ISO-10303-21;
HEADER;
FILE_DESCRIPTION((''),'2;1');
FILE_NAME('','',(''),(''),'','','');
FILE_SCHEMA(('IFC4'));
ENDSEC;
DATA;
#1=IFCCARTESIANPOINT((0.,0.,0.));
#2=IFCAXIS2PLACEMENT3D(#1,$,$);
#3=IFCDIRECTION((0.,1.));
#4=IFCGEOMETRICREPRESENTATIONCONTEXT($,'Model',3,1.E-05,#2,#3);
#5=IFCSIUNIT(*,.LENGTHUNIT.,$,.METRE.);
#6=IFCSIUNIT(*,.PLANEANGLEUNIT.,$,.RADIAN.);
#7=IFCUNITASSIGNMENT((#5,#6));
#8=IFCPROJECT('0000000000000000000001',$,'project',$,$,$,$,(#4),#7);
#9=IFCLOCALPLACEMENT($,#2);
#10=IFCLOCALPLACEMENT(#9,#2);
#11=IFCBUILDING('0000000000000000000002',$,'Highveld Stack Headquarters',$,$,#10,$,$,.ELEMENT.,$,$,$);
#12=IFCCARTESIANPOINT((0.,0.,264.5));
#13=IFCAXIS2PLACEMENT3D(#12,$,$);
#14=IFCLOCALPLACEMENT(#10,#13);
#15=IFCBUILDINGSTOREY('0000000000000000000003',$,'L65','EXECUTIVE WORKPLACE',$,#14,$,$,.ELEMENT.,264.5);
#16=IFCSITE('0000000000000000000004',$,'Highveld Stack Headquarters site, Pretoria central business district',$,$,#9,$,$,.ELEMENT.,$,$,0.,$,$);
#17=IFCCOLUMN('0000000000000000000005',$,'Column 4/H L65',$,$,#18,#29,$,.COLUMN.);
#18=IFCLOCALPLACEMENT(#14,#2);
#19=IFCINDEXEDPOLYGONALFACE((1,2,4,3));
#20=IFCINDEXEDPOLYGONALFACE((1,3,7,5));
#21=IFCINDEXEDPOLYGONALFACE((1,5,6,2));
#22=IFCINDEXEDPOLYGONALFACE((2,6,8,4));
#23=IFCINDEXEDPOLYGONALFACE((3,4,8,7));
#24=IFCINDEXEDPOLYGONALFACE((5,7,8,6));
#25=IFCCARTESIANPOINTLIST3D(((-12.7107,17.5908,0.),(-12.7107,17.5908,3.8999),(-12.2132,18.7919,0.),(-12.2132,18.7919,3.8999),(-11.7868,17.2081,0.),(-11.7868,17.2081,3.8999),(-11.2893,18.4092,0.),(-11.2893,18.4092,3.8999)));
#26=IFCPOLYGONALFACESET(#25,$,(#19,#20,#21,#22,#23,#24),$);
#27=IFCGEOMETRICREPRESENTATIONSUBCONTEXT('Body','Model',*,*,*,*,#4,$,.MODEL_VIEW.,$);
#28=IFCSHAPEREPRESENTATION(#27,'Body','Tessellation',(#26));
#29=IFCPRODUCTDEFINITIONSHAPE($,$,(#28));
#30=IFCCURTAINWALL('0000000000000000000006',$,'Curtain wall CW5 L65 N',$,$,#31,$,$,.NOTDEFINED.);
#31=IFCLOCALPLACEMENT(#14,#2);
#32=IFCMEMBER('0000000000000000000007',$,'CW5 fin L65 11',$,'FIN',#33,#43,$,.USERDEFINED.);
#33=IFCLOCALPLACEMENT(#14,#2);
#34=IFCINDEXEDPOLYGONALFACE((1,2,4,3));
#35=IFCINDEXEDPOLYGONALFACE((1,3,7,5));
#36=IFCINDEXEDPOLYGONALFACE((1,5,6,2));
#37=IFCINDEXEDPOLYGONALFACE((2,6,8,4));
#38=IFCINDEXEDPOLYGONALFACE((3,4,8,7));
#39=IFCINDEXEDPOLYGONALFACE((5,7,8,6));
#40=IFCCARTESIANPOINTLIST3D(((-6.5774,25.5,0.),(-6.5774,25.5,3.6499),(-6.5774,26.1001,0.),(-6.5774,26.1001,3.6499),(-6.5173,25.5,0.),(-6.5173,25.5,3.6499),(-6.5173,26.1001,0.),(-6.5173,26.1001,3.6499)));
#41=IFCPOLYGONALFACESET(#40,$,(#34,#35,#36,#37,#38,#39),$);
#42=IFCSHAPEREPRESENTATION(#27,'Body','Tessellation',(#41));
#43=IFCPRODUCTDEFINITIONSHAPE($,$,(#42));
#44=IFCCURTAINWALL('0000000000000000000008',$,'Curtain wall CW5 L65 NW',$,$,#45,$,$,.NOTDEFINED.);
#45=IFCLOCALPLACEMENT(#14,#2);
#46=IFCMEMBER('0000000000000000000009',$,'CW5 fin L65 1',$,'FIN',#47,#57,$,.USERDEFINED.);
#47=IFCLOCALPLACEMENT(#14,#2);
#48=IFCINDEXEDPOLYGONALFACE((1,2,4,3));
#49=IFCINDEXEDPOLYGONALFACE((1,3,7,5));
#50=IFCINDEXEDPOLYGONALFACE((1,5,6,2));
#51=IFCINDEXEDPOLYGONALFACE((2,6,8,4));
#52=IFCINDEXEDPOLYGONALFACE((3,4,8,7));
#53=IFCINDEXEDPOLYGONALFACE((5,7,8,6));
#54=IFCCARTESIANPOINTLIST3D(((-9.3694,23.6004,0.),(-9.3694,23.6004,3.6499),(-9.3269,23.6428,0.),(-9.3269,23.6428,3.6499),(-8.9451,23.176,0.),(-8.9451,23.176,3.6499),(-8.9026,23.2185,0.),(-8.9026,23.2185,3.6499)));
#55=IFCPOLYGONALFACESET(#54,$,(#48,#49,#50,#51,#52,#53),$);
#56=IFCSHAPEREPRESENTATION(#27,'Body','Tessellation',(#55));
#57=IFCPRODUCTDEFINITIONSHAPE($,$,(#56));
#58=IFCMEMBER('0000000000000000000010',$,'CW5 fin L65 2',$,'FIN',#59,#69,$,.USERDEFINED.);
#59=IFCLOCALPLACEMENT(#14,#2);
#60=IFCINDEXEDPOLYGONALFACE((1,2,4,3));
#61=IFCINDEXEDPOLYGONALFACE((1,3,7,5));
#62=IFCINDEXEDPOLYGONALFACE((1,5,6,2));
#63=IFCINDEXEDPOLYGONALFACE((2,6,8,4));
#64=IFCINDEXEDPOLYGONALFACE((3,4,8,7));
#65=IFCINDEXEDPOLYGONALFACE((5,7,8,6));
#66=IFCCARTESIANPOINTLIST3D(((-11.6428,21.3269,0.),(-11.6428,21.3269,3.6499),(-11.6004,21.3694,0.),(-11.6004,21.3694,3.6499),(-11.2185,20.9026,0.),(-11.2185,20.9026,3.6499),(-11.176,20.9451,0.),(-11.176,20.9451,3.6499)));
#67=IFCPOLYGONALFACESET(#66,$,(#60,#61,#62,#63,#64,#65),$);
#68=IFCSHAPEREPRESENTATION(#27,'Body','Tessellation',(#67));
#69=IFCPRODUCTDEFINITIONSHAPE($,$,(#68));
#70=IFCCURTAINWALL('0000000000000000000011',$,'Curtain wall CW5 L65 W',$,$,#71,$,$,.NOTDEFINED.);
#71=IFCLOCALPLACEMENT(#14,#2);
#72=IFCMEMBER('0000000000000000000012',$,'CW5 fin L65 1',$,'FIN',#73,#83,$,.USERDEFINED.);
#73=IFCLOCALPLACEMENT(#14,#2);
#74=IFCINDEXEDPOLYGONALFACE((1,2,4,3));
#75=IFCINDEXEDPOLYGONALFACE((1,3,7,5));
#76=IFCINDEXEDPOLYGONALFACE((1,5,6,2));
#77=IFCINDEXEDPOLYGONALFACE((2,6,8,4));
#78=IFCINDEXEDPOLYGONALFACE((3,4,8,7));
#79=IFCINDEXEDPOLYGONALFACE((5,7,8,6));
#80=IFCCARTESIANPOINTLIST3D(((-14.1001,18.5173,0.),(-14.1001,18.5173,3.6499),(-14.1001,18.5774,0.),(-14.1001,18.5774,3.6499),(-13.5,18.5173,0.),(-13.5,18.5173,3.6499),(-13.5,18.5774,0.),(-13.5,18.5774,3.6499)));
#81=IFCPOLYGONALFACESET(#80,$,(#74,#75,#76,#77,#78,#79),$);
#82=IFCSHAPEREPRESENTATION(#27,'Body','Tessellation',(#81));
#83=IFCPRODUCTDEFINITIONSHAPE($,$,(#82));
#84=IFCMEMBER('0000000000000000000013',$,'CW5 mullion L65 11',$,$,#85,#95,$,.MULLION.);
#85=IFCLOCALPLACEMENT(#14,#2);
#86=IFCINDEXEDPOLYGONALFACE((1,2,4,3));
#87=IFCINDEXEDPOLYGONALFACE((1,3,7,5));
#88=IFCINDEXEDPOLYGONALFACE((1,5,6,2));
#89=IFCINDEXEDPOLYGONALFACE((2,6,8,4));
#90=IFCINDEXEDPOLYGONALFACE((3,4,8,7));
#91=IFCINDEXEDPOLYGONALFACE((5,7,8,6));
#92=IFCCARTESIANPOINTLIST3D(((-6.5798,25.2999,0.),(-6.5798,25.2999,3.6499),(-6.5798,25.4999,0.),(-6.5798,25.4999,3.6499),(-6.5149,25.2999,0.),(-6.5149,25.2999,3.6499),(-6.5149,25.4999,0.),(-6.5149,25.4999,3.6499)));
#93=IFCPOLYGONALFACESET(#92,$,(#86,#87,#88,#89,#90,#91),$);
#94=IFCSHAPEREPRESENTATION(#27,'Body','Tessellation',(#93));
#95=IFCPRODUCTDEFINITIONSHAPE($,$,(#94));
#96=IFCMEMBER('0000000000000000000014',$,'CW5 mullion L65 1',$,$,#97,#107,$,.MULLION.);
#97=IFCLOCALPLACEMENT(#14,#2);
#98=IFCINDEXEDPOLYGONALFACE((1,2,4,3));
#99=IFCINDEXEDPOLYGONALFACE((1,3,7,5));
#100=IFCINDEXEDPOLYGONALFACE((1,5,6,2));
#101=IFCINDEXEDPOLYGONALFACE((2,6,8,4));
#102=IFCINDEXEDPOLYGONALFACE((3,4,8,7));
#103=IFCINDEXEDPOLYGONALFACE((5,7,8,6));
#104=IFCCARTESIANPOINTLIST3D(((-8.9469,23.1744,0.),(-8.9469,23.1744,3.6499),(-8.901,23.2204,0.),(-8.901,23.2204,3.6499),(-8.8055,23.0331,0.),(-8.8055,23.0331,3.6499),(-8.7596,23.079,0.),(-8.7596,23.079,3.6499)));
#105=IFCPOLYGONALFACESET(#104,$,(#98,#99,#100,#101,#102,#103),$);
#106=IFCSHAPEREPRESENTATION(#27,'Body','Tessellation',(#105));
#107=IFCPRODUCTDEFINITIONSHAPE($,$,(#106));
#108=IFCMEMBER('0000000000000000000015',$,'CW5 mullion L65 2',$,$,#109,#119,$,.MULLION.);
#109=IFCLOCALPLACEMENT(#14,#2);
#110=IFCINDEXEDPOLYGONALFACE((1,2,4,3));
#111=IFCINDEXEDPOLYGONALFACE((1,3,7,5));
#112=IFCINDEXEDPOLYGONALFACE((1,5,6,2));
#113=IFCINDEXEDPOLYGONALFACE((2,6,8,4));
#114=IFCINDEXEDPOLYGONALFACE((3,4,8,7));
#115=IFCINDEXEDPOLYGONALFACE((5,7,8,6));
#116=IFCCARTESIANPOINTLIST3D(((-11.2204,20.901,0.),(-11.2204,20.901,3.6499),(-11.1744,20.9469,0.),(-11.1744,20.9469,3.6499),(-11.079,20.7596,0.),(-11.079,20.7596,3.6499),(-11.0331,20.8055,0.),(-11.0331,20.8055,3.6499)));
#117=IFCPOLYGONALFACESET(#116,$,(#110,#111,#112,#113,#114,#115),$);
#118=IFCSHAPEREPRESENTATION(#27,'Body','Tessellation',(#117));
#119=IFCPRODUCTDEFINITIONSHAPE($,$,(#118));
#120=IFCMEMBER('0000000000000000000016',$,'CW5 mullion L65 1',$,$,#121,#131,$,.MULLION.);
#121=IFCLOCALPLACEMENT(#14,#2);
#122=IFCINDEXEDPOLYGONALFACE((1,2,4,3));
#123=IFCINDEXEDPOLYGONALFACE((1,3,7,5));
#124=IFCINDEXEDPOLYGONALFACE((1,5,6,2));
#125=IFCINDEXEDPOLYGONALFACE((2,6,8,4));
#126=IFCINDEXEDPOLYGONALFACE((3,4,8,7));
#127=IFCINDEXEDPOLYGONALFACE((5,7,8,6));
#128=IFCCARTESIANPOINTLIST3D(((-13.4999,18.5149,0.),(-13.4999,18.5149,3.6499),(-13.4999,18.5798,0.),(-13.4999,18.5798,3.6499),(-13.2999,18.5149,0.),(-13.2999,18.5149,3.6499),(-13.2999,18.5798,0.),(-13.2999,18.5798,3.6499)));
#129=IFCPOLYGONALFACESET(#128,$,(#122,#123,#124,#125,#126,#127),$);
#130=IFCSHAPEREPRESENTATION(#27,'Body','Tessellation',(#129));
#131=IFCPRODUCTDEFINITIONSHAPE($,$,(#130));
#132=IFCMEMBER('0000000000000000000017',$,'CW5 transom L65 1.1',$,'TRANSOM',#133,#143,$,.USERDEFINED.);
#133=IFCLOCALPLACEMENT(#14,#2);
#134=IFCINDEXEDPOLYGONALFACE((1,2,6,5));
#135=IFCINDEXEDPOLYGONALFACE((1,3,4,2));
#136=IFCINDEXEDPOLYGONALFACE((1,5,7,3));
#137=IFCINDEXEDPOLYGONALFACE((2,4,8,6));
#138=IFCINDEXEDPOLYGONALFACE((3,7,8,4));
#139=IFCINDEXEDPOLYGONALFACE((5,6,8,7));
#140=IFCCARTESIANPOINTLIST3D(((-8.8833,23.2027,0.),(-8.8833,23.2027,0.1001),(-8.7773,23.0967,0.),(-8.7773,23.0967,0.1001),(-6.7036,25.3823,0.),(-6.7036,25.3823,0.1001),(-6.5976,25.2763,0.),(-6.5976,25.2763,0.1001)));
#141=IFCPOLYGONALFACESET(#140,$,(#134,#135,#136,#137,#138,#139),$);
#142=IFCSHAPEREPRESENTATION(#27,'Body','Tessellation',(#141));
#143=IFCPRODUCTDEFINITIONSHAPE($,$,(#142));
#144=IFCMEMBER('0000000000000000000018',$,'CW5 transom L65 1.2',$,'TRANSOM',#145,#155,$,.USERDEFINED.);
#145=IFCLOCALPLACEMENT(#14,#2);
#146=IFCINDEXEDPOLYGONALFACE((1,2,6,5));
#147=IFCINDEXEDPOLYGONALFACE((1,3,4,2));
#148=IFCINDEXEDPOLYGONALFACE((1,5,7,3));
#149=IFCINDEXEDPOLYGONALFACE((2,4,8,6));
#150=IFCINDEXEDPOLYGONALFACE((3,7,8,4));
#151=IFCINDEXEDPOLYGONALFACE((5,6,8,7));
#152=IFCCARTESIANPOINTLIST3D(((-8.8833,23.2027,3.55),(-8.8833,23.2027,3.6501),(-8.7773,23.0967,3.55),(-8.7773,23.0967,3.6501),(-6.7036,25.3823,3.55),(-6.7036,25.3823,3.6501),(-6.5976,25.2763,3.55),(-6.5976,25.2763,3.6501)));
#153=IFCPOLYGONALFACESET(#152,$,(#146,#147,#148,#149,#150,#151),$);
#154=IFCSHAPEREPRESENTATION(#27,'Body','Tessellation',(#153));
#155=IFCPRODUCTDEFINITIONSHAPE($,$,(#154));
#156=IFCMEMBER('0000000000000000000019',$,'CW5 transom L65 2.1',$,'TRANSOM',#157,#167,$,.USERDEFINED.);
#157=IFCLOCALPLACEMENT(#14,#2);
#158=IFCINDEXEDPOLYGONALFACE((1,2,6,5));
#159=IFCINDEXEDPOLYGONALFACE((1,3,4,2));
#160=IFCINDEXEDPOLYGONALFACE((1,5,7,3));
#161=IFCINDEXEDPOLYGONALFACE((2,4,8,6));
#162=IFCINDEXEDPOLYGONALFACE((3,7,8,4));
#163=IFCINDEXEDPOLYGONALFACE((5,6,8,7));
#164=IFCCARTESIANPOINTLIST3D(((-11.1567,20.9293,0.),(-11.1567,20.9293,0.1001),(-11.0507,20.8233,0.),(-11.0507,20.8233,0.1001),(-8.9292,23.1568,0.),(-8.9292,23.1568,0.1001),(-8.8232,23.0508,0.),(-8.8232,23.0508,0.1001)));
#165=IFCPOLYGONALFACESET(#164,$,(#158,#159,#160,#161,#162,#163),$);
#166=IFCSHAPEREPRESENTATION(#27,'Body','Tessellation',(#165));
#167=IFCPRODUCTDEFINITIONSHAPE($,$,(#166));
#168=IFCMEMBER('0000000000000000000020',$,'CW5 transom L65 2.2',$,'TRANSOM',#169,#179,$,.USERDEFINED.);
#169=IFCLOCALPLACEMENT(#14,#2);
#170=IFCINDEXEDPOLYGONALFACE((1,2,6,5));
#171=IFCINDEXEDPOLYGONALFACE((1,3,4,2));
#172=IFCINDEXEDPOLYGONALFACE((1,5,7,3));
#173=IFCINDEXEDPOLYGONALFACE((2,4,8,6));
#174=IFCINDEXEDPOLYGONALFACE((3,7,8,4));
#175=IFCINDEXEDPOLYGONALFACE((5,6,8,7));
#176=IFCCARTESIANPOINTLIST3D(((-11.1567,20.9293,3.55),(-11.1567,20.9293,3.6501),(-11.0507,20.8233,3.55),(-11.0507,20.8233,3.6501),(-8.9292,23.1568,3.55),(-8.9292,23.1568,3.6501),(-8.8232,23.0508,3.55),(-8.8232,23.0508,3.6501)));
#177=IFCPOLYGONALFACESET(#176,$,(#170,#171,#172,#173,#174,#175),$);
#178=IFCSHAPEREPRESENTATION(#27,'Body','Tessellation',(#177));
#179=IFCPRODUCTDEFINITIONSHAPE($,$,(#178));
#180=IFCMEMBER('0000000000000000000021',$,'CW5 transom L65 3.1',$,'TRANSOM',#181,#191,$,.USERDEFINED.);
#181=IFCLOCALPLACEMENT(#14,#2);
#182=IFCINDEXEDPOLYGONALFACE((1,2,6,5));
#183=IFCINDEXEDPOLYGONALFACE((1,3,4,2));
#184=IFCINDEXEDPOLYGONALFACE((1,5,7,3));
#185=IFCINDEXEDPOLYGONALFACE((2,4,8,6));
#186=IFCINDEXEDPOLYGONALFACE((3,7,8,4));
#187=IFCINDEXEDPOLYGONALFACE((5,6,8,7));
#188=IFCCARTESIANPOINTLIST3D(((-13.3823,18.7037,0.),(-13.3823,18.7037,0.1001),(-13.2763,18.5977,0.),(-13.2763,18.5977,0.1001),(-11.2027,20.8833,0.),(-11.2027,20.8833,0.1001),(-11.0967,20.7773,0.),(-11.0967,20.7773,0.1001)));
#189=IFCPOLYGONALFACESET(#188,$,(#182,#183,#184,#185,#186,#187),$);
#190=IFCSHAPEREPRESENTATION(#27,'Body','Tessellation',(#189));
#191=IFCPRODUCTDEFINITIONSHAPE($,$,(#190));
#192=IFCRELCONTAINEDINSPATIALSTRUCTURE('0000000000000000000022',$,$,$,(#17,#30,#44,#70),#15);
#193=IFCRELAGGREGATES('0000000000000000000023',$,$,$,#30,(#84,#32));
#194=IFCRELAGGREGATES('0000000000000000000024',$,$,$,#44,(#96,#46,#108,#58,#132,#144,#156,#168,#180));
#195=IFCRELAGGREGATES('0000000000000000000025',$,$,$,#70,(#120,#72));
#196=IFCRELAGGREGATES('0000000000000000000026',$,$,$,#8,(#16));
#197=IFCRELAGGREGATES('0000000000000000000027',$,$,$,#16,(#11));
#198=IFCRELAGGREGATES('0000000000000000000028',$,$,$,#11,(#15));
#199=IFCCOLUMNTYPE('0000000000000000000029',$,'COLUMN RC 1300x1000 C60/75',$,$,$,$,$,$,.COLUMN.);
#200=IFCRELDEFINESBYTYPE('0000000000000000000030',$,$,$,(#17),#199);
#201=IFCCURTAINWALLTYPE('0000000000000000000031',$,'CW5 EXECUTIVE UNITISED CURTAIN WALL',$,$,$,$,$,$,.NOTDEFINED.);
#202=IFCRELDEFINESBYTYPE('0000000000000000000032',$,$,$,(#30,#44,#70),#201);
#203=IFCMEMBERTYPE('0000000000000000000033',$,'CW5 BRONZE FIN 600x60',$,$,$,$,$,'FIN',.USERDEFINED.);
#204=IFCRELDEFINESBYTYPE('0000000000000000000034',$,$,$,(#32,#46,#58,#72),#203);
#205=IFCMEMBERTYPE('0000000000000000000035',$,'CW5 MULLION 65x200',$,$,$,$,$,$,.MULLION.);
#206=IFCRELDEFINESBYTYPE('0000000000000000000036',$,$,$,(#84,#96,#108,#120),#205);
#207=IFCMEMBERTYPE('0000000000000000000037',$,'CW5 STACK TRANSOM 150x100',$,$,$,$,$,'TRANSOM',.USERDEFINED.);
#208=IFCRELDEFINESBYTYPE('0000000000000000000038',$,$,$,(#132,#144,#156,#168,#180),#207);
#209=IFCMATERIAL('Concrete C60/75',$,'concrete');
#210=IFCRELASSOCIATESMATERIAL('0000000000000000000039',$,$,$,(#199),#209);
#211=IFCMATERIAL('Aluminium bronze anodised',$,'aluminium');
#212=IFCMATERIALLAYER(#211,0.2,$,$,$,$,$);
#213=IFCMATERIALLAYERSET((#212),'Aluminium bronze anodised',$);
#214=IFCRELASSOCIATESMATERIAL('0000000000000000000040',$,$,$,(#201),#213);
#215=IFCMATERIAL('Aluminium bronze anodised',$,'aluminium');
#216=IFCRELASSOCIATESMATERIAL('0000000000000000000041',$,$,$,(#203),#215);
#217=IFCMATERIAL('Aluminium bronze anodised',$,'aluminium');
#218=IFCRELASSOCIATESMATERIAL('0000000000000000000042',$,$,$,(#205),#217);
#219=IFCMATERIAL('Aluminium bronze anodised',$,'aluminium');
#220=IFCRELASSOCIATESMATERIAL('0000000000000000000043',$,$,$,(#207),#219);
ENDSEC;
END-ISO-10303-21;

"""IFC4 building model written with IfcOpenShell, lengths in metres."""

from ifc_helpers import new_model, si_unit, direction, frame, origin, origin_2d, place, context, subcontext, project, spatial, rectangle, extrude, material, layer, layer_set, material_profile, profile_set, type_object, element, aggregate, save


model = new_model("IFC4")

# Units and contexts
model_context = context("Model", 3, precision=1e-05, world=origin(), true_north=direction((0.0, 1.0)))
body_context = subcontext(model_context, "Body", "Model", "MODEL_VIEW")
ifc_project = project(units=[si_unit("LENGTHUNIT", "METRE"), si_unit("PLANEANGLEUNIT", "RADIAN")], contexts=[model_context])

# Site, building, storey
site_placement = place(None, origin())
site = spatial("IfcSite", under=ifc_project, at=site_placement, Name="Highveld Stack Headquarters site, Pretoria central business district", CompositionType="ELEMENT", RefElevation=0.0)
building_placement = place(site_placement, origin())
building = spatial("IfcBuilding", under=site, at=building_placement, Name="Highveld Stack Headquarters", CompositionType="ELEMENT")
storey_placement = place(building_placement, frame((0.0, 0.0, 264.5)))
storey = spatial("IfcBuildingStorey", under=building, at=storey_placement, Name="L65", Description="EXECUTIVE WORKPLACE", CompositionType="ELEMENT", Elevation=264.5)

# Column
ifc_material_1 = material(Name="Concrete C60/75", Category="concrete")
ifc_material_profile_1 = material_profile(ifc_material_1, rectangle(XDim=1.3, YDim=1.0, at=origin_2d()), Name="RC 1300x1000")
ifc_profile_set_1 = profile_set([ifc_material_profile_1], Name="Concrete C60/75")
column_type = type_object("IfcColumnType", Name="COLUMN RC 1300x1000 C60/75", PredefinedType="COLUMN", material=ifc_profile_set_1)
column_placement = place(storey_placement, frame((-12.0, 18.0, 0.0), z_axis=(0.0, 0.0, 1.0), x_axis=(0.382683, 0.92388, 0.0)))
element("IfcColumn", 1, at=column_placement, inside=storey, type_object=column_type, Name="Column 4/H L65", PredefinedType="COLUMN", context=body_context, shape_type="SweptSolid", body=[
    extrude(rectangle(XDim=1.3, YDim=1.0, at=origin_2d()), origin(), (0.0, 0.0, 1.0), 3.8999),
])

# Curtain wall, member
ifc_material_2 = material(Name="Aluminium bronze anodised", Category="aluminium")
ifc_layer_1 = layer(ifc_material_2, 0.2)
ifc_layer_set_1 = layer_set([ifc_layer_1], Name="Aluminium bronze anodised")
curtain_wall_type = type_object("IfcCurtainWallType", Name="CW5 EXECUTIVE UNITISED CURTAIN WALL", PredefinedType="NOTDEFINED", material=ifc_layer_set_1)
curtain_wall_1_placement = place(storey_placement, origin())
curtain_wall_1 = element("IfcCurtainWall", 2, at=curtain_wall_1_placement, inside=storey, type_object=curtain_wall_type, Name="Curtain wall CW5 L65 N", PredefinedType="NOTDEFINED")
ifc_material_3 = material(Name="Aluminium bronze anodised", Category="aluminium")
ifc_material_profile_2 = material_profile(ifc_material_3, rectangle(XDim=0.6001, YDim=0.0601, at=origin_2d()), Name="FIN 600x60")
ifc_profile_set_2 = profile_set([ifc_material_profile_2], Name="Aluminium bronze anodised")
member_type_1 = type_object("IfcMemberType", Name="CW5 BRONZE FIN 600x60", ElementType="FIN", PredefinedType="USERDEFINED", material=ifc_profile_set_2)
member_1_placement = place(storey_placement, frame((-6.5474, 25.8, 0.0), z_axis=(0.0, 0.0, 1.0), x_axis=(0.0, -1.0, 0.0)))
member_1 = element("IfcMember", 3, at=member_1_placement, type_object=member_type_1, Name="CW5 fin L65 11", ObjectType="FIN", PredefinedType="USERDEFINED", context=body_context, shape_type="SweptSolid", body=[
    extrude(rectangle(XDim=0.6001, YDim=0.0601, at=origin_2d()), origin(), (0.0, 0.0, 1.0), 3.6499),
])

# Curtain wall, members
curtain_wall_2_placement = place(storey_placement, origin())
curtain_wall_2 = element("IfcCurtainWall", 4, at=curtain_wall_2_placement, inside=storey, type_object=curtain_wall_type, Name="Curtain wall CW5 L65 NW", PredefinedType="NOTDEFINED")
member_2_placement = place(storey_placement, frame((-9.136, 23.4094, 0.0), z_axis=(0.0, 0.0, 1.0), x_axis=(0.707107, -0.707107, 0.0)))
member_2 = element("IfcMember", 5, at=member_2_placement, type_object=member_type_1, Name="CW5 fin L65 1", ObjectType="FIN", PredefinedType="USERDEFINED", context=body_context, shape_type="SweptSolid", body=[
    extrude(rectangle(XDim=0.6001, YDim=0.0601, at=origin_2d()), origin(), (0.0, 0.0, 1.0), 3.6499),
])
member_3_placement = place(storey_placement, frame((-11.4094, 21.136, 0.0), z_axis=(0.0, 0.0, 1.0), x_axis=(0.707107, -0.707107, 0.0)))
member_3 = element("IfcMember", 6, at=member_3_placement, type_object=member_type_1, Name="CW5 fin L65 2", ObjectType="FIN", PredefinedType="USERDEFINED", context=body_context, shape_type="SweptSolid", body=[
    extrude(rectangle(XDim=0.6001, YDim=0.0601, at=origin_2d()), origin(), (0.0, 0.0, 1.0), 3.6499),
])

# Curtain wall, member
curtain_wall_3_placement = place(storey_placement, origin())
curtain_wall_3 = element("IfcCurtainWall", 7, at=curtain_wall_3_placement, inside=storey, type_object=curtain_wall_type, Name="Curtain wall CW5 L65 W", PredefinedType="NOTDEFINED")
member_4_placement = place(storey_placement, frame((-13.8, 18.5474, 0.0), z_axis=(0.0, 0.0, 1.0), x_axis=(1.0, 0.0, 0.0)))
member_4 = element("IfcMember", 8, at=member_4_placement, type_object=member_type_1, Name="CW5 fin L65 1", ObjectType="FIN", PredefinedType="USERDEFINED", context=body_context, shape_type="SweptSolid", body=[
    extrude(rectangle(XDim=0.6001, YDim=0.0601, at=origin_2d()), origin(), (0.0, 0.0, 1.0), 3.6499),
])

# Members
ifc_material_4 = material(Name="Aluminium bronze anodised", Category="aluminium")
ifc_material_profile_3 = material_profile(ifc_material_4, rectangle(XDim=0.2, YDim=0.0649, at=origin_2d()), Name="CW5 MULLION 65x200")
ifc_profile_set_3 = profile_set([ifc_material_profile_3], Name="Aluminium bronze anodised")
member_type_2 = type_object("IfcMemberType", Name="CW5 MULLION 65x200", PredefinedType="MULLION", material=ifc_profile_set_3)
member_5_placement = place(storey_placement, frame((-6.5474, 25.3999, 0.0), z_axis=(0.0, 0.0, 1.0), x_axis=(0.0, -1.0, 0.0)))
member_5 = element("IfcMember", 9, at=member_5_placement, type_object=member_type_2, Name="CW5 mullion L65 11", PredefinedType="MULLION", context=body_context, shape_type="SweptSolid", body=[
    extrude(rectangle(XDim=0.2, YDim=0.0649, at=origin_2d()), origin(), (0.0, 0.0, 1.0), 3.6499),
])
aggregate(curtain_wall_1, [member_5, member_1])
member_6_placement = place(storey_placement, frame((-8.8533, 23.1267, 0.0), z_axis=(0.0, 0.0, 1.0), x_axis=(0.707107, -0.707107, 0.0)))
member_6 = element("IfcMember", 10, at=member_6_placement, type_object=member_type_2, Name="CW5 mullion L65 1", PredefinedType="MULLION", context=body_context, shape_type="SweptSolid", body=[
    extrude(rectangle(XDim=0.2, YDim=0.0649, at=origin_2d()), origin(), (0.0, 0.0, 1.0), 3.6499),
])
member_7_placement = place(storey_placement, frame((-11.1267, 20.8533, 0.0), z_axis=(0.0, 0.0, 1.0), x_axis=(0.707107, -0.707107, 0.0)))
member_7 = element("IfcMember", 11, at=member_7_placement, type_object=member_type_2, Name="CW5 mullion L65 2", PredefinedType="MULLION", context=body_context, shape_type="SweptSolid", body=[
    extrude(rectangle(XDim=0.2, YDim=0.0649, at=origin_2d()), origin(), (0.0, 0.0, 1.0), 3.6499),
])
member_8_placement = place(storey_placement, frame((-13.3999, 18.5474, 0.0), z_axis=(0.0, 0.0, 1.0), x_axis=(1.0, 0.0, 0.0)))
member_8 = element("IfcMember", 12, at=member_8_placement, type_object=member_type_2, Name="CW5 mullion L65 1", PredefinedType="MULLION", context=body_context, shape_type="SweptSolid", body=[
    extrude(rectangle(XDim=0.2, YDim=0.0649, at=origin_2d()), origin(), (0.0, 0.0, 1.0), 3.6499),
])
ifc_material_5 = material(Name="Aluminium bronze anodised", Category="aluminium")
ifc_material_profile_4 = material_profile(ifc_material_5, rectangle(XDim=0.1499, YDim=0.1001, at=origin_2d()), Name="CW5 TRANSOM 150x100")
ifc_profile_set_4 = profile_set([ifc_material_profile_4], Name="Aluminium bronze anodised")
member_type_3 = type_object("IfcMemberType", Name="CW5 STACK TRANSOM 150x100", ElementType="TRANSOM", PredefinedType="USERDEFINED", material=ifc_profile_set_4)
member_9_placement = place(storey_placement, frame((-6.6506, 25.3293, 0.05), z_axis=(-0.707107, -0.707107, 0.0), x_axis=(0.707107, -0.707107, 0.0)))
member_9 = element("IfcMember", 13, at=member_9_placement, type_object=member_type_3, Name="CW5 transom L65 1.1", ObjectType="TRANSOM", PredefinedType="USERDEFINED", context=body_context, shape_type="SweptSolid", body=[
    extrude(rectangle(XDim=0.1499, YDim=0.1001, at=origin_2d()), origin(), (0.0, 0.0, 1.0), 3.0825),
])
member_10_placement = place(storey_placement, frame((-6.6506, 25.3293, 3.6001), z_axis=(-0.707107, -0.707107, 0.0), x_axis=(0.707107, -0.707107, 0.0)))
member_10 = element("IfcMember", 14, at=member_10_placement, type_object=member_type_3, Name="CW5 transom L65 1.2", ObjectType="TRANSOM", PredefinedType="USERDEFINED", context=body_context, shape_type="SweptSolid", body=[
    extrude(rectangle(XDim=0.1499, YDim=0.1001, at=origin_2d()), origin(), (0.0, 0.0, 1.0), 3.0825),
])
member_11_placement = place(storey_placement, frame((-8.8762, 23.1038, 0.05), z_axis=(-0.707107, -0.707107, 0.0), x_axis=(0.707107, -0.707107, 0.0)))
member_11 = element("IfcMember", 15, at=member_11_placement, type_object=member_type_3, Name="CW5 transom L65 2.1", ObjectType="TRANSOM", PredefinedType="USERDEFINED", context=body_context, shape_type="SweptSolid", body=[
    extrude(rectangle(XDim=0.1499, YDim=0.1001, at=origin_2d()), origin(), (0.0, 0.0, 1.0), 3.1501),
])
member_12_placement = place(storey_placement, frame((-8.8762, 23.1038, 3.6001), z_axis=(-0.707107, -0.707107, 0.0), x_axis=(0.707107, -0.707107, 0.0)))
member_12 = element("IfcMember", 16, at=member_12_placement, type_object=member_type_3, Name="CW5 transom L65 2.2", ObjectType="TRANSOM", PredefinedType="USERDEFINED", context=body_context, shape_type="SweptSolid", body=[
    extrude(rectangle(XDim=0.1499, YDim=0.1001, at=origin_2d()), origin(), (0.0, 0.0, 1.0), 3.1501),
])
member_13_placement = place(storey_placement, frame((-11.1497, 20.8303, 0.05), z_axis=(-0.707107, -0.707107, 0.0), x_axis=(0.707107, -0.707107, 0.0)))
member_13 = element("IfcMember", 17, at=member_13_placement, type_object=member_type_3, Name="CW5 transom L65 3.1", ObjectType="TRANSOM", PredefinedType="USERDEFINED", context=body_context, shape_type="SweptSolid", body=[
    extrude(rectangle(XDim=0.1499, YDim=0.1001, at=origin_2d()), origin(), (0.0, 0.0, 1.0), 3.0825),
])

aggregate(curtain_wall_2, [member_6, member_2, member_7, member_3, member_9, member_10, member_11, member_12, member_13])
aggregate(curtain_wall_3, [member_8, member_4])

save(model, "model.ifc")
